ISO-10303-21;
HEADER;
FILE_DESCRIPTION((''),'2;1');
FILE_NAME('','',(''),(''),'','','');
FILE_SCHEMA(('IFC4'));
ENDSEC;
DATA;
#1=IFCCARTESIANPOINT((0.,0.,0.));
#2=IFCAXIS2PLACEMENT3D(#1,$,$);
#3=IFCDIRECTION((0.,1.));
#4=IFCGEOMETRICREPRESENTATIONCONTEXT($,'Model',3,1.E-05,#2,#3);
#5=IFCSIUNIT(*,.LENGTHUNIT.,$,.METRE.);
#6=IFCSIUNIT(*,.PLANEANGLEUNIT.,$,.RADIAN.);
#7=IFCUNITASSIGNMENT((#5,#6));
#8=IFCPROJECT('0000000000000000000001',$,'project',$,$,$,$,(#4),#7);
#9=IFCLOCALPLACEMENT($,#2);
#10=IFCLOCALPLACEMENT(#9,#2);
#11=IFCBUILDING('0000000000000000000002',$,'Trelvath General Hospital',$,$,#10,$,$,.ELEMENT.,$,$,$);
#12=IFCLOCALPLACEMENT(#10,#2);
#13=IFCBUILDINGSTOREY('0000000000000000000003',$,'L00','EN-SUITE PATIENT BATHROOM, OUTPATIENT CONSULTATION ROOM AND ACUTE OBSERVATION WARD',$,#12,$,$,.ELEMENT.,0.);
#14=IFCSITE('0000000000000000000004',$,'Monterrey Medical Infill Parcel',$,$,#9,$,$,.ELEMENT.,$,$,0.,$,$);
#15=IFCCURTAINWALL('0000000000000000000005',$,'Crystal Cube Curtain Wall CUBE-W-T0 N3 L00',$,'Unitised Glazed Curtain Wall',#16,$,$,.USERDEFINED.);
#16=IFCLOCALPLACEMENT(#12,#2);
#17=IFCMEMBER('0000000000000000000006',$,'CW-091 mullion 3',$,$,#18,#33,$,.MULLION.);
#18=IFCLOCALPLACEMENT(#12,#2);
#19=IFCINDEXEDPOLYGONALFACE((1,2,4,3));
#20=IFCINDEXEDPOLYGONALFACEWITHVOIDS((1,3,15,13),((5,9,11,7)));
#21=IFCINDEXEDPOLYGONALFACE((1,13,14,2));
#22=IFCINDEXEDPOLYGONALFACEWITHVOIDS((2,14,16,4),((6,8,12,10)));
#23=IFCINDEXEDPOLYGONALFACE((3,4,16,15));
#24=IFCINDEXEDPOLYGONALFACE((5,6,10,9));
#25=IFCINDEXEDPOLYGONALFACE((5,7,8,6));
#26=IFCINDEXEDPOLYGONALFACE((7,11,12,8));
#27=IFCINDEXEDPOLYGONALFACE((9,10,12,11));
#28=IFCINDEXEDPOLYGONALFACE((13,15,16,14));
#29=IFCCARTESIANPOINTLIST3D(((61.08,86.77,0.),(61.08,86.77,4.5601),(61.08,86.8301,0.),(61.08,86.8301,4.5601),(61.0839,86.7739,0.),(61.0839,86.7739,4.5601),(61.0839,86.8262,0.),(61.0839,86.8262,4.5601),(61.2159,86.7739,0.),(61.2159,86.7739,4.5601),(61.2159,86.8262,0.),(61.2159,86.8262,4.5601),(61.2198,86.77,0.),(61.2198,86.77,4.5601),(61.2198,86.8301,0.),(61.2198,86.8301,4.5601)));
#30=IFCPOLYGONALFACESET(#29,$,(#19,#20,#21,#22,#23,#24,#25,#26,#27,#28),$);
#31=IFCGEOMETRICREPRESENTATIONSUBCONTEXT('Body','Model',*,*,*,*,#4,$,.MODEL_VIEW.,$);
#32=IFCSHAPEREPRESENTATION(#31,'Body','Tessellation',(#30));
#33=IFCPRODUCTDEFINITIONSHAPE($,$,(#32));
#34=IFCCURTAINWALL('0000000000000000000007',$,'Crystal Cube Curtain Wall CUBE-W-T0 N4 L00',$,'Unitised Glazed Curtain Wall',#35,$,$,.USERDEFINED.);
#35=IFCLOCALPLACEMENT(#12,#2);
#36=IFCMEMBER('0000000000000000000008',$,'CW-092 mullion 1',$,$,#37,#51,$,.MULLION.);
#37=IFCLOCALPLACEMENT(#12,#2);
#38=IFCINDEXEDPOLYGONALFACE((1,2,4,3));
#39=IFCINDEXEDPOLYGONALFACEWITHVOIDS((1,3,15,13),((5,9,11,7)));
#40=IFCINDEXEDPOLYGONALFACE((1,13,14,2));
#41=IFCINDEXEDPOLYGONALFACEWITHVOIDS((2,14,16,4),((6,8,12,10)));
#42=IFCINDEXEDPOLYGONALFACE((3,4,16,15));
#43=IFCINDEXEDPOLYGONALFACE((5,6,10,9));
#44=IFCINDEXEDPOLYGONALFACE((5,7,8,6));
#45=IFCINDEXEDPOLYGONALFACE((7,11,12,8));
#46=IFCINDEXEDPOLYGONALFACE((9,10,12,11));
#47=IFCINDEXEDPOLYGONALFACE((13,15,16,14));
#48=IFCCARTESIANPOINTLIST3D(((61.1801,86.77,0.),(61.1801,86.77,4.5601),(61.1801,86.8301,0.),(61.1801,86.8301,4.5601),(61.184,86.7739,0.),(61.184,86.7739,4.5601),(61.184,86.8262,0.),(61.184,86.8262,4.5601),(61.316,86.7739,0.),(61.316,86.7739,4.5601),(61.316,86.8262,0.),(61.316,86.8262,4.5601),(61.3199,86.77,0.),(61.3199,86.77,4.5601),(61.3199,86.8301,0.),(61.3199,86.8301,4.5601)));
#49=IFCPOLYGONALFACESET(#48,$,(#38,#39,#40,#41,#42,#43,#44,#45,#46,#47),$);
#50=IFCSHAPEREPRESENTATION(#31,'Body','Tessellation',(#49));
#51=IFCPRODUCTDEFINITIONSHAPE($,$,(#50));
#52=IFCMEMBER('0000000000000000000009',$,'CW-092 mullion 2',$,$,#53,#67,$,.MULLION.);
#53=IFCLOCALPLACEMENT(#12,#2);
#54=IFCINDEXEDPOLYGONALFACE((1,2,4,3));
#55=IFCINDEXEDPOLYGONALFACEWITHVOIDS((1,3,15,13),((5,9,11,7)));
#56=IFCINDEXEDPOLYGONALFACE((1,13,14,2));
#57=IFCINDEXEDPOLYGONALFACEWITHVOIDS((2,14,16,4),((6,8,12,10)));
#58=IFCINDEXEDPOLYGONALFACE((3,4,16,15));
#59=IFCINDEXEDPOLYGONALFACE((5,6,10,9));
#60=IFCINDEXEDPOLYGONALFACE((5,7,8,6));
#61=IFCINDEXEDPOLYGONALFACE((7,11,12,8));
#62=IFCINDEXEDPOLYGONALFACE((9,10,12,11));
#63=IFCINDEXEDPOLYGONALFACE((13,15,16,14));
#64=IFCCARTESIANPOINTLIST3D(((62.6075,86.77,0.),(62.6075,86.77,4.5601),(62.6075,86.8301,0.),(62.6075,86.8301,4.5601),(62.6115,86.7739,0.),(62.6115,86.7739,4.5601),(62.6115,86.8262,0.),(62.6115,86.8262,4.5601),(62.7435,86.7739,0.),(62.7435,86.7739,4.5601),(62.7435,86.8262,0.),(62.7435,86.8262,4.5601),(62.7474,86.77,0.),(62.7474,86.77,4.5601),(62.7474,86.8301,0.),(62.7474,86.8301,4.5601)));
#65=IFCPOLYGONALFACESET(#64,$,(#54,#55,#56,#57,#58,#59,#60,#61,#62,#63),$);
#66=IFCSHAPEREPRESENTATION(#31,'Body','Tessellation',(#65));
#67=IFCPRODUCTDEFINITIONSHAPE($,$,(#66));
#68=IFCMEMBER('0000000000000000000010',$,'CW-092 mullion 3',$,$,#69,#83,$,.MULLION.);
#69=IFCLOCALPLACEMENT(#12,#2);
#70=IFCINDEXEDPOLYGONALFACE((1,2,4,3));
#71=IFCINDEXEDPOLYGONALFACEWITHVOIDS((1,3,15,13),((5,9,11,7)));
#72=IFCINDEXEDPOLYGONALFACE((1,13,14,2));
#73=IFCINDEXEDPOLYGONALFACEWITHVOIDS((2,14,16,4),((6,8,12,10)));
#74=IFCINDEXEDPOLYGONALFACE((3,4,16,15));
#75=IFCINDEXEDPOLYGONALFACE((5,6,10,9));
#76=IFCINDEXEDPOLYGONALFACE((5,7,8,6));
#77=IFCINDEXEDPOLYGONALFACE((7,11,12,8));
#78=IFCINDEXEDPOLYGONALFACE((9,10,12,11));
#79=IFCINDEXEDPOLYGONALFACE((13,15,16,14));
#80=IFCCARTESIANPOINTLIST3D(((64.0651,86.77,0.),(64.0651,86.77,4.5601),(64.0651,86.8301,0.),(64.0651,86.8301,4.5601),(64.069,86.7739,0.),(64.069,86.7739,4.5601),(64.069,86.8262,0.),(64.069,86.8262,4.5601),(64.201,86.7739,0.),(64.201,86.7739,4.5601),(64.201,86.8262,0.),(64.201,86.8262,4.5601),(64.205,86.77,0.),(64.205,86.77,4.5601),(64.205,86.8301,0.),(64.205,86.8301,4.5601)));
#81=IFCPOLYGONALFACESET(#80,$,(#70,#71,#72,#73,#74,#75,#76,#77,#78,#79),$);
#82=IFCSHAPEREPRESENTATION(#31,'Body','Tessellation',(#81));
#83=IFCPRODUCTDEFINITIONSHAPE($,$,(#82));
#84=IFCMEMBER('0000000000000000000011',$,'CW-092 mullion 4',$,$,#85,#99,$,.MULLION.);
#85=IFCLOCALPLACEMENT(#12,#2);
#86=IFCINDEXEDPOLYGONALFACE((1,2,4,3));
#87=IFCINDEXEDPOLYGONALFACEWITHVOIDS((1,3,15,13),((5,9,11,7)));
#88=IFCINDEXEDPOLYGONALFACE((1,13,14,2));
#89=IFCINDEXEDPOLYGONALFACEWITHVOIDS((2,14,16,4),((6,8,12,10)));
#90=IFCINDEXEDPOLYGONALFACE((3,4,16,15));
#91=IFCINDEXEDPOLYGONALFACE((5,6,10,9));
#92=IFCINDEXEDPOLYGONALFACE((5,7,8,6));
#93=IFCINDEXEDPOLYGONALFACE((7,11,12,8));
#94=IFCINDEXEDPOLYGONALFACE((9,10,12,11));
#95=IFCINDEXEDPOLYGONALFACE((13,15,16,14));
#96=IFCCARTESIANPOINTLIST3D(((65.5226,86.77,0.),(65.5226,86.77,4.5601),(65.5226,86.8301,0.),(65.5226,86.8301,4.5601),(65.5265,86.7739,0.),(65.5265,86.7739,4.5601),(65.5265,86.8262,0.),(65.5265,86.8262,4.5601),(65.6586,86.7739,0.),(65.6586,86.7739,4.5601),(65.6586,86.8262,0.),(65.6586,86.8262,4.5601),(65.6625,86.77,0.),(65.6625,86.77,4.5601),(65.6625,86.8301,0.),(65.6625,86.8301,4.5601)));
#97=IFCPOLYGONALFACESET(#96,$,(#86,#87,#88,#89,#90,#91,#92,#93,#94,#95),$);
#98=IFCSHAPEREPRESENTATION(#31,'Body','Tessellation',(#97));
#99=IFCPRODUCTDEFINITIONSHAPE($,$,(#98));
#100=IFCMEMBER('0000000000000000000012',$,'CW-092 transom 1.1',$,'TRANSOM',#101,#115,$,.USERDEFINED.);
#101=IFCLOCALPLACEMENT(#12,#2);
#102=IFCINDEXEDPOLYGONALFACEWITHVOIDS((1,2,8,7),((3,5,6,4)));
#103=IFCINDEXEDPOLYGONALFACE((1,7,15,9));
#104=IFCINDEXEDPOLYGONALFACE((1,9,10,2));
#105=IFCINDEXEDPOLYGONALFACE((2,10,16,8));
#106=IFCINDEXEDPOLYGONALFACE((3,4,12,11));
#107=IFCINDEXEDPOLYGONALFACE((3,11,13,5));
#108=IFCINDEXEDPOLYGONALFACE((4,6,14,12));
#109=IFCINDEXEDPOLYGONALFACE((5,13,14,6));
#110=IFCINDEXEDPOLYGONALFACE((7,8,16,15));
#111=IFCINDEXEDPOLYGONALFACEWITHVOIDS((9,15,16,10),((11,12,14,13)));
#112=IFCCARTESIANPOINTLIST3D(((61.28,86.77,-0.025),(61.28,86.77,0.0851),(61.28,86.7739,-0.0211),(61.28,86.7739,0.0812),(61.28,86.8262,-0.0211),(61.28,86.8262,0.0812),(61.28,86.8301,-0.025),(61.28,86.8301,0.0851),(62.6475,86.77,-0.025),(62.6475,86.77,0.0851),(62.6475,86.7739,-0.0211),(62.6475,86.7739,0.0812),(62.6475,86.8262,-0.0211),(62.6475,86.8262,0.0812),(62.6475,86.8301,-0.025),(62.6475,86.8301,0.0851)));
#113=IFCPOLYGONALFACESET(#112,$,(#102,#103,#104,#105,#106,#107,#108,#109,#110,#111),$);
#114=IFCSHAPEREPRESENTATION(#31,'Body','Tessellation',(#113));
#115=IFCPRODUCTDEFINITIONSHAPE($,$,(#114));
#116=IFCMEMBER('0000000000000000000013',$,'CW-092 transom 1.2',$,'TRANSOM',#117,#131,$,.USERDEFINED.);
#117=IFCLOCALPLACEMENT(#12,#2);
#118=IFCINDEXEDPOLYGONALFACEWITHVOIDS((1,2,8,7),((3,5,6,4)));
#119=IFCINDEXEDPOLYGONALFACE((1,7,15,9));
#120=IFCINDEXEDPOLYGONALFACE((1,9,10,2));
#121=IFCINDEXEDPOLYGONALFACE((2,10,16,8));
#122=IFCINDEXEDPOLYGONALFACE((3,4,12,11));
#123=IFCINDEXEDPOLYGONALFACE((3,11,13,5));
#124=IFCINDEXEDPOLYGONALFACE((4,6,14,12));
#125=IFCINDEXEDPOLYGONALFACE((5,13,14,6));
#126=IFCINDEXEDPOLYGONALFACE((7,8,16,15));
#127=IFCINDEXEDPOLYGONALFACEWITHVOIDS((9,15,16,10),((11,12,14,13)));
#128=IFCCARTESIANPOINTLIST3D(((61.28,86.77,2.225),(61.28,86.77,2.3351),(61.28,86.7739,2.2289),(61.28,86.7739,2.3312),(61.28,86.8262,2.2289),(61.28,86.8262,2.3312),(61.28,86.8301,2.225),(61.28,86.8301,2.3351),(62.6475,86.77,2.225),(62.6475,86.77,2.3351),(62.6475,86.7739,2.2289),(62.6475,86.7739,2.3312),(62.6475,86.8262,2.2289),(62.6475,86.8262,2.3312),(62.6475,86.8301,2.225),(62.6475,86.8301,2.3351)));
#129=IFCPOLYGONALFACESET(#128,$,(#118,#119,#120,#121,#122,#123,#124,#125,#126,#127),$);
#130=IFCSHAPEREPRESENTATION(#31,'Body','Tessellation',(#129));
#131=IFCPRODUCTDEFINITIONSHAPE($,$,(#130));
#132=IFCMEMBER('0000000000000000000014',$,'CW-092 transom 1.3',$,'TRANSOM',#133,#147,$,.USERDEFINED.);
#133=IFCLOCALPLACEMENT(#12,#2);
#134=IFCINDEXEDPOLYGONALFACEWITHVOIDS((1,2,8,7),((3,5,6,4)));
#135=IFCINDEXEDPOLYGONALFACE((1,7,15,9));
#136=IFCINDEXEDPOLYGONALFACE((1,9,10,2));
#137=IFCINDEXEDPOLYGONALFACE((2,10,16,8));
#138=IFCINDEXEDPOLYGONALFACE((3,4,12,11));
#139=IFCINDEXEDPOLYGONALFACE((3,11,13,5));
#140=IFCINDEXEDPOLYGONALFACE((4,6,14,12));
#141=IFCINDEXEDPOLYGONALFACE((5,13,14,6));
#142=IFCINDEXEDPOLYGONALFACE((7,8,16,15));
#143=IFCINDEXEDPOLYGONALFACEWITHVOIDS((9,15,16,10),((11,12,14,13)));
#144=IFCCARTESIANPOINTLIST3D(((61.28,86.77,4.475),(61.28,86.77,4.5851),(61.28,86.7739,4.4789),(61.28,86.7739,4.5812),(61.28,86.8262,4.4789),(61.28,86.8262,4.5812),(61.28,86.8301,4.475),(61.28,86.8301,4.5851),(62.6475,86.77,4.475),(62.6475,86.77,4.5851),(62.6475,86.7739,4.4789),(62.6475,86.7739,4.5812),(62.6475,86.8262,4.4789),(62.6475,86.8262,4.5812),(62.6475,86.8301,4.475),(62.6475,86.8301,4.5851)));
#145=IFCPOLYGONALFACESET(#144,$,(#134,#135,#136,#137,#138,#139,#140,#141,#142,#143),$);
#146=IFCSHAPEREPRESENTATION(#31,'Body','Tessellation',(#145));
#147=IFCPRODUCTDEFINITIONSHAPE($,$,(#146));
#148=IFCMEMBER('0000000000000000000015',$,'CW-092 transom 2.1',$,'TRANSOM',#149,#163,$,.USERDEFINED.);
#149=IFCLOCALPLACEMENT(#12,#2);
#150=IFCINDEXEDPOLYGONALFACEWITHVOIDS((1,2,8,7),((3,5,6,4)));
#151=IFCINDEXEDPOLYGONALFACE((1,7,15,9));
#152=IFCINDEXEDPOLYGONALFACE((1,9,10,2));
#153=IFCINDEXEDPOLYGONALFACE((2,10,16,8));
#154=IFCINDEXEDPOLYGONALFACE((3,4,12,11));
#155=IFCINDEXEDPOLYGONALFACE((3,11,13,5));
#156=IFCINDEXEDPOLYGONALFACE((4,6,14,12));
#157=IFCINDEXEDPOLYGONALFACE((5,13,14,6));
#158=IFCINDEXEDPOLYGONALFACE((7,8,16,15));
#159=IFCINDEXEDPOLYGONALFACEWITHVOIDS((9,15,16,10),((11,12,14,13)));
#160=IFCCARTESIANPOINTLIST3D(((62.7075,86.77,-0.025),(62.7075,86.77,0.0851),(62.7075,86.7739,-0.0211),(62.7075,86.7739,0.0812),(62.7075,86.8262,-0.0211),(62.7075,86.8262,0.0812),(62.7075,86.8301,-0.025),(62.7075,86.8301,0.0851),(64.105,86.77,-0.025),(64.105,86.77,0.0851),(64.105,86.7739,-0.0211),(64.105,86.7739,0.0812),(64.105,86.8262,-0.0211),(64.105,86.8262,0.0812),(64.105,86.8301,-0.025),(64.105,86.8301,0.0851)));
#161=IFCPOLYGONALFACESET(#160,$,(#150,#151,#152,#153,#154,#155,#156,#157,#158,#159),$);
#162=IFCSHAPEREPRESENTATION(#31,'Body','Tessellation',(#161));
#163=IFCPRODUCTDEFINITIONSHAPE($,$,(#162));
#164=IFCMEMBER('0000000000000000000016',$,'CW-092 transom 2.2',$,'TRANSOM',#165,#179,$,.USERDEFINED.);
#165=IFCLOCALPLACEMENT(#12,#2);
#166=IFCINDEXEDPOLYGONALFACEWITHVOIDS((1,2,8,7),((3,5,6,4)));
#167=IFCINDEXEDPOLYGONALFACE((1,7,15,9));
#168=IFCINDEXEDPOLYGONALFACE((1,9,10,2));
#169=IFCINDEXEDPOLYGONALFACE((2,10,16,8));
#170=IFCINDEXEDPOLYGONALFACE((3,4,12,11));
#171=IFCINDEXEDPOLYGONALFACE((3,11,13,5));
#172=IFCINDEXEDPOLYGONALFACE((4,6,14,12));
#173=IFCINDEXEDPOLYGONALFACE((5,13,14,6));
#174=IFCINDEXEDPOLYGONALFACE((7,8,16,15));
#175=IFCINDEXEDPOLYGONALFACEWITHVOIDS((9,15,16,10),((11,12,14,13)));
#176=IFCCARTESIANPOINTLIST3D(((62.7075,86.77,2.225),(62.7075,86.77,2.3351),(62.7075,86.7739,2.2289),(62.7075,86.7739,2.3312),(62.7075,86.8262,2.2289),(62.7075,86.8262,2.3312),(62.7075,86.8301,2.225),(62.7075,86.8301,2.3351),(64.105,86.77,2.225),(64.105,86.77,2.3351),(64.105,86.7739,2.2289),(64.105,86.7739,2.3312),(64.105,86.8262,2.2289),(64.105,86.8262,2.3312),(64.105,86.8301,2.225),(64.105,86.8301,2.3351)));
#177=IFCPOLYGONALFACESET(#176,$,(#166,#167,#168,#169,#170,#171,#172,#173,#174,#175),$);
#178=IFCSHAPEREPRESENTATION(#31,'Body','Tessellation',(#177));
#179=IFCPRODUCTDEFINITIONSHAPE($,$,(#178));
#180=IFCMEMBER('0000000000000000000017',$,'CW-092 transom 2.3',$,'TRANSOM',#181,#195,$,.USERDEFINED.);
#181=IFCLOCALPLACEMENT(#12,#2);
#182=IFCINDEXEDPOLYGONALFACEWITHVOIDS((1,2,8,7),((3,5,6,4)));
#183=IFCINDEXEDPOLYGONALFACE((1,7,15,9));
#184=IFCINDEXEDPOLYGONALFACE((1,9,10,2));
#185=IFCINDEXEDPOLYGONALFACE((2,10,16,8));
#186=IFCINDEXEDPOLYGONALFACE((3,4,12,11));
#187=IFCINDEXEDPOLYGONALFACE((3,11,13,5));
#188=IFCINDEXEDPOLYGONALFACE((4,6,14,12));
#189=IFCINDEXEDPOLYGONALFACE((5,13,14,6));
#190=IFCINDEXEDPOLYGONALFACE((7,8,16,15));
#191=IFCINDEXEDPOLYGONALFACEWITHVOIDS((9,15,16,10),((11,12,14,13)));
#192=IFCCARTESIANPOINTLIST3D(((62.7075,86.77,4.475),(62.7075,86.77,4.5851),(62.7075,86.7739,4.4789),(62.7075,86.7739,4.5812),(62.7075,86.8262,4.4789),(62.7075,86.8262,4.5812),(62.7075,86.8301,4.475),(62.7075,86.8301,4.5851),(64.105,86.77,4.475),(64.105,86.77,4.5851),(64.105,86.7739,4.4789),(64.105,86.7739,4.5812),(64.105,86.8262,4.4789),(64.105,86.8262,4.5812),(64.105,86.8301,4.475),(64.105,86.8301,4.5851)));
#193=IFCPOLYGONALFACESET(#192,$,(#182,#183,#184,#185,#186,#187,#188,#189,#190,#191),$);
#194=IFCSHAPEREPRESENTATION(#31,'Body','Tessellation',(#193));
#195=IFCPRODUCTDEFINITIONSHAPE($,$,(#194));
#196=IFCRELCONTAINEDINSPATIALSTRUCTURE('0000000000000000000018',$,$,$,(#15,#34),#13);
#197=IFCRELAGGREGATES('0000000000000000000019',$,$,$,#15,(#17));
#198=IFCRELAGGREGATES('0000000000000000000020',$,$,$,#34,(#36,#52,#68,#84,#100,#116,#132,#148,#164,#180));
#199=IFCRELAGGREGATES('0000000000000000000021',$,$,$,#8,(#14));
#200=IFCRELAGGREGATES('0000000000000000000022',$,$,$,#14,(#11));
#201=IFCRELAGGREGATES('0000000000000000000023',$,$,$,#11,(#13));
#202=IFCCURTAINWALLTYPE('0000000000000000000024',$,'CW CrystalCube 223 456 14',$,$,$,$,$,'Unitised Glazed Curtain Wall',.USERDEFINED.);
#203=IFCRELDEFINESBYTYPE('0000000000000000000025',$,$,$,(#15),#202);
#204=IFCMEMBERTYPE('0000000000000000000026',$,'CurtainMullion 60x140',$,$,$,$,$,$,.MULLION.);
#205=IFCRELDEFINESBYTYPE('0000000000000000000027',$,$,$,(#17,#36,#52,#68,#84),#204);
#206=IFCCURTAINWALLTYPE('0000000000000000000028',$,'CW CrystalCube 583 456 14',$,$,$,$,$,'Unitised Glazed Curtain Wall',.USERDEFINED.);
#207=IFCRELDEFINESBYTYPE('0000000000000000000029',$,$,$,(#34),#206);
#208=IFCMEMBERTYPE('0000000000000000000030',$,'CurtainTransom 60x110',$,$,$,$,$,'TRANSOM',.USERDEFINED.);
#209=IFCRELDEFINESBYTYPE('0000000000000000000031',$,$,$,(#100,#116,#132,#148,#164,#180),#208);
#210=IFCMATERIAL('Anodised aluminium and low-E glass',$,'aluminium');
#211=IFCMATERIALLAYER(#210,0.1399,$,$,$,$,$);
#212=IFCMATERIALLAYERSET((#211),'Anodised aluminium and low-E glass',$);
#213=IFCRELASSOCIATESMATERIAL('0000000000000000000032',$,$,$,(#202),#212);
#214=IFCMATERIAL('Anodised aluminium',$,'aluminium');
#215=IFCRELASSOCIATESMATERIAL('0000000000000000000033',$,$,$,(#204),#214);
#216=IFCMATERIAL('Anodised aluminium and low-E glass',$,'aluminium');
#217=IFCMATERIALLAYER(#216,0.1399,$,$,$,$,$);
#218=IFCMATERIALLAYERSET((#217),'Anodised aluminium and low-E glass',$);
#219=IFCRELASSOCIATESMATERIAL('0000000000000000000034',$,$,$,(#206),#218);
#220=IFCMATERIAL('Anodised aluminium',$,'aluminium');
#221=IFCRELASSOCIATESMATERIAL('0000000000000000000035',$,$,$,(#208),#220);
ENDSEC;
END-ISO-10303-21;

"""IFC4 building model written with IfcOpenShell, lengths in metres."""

from ifc_helpers import new_model, si_unit, direction, frame, origin, origin_2d, place, context, subcontext, project, spatial, hollow_rectangle, extrude, material, layer, layer_set, material_profile, profile_set, type_object, element, aggregate, save


model = new_model("IFC4")

# Units and contexts
model_context = context("Model", 3, precision=1e-05, world=origin(), true_north=direction((0.0, 1.0)))
body_context = subcontext(model_context, "Body", "Model", "MODEL_VIEW")
ifc_project = project(units=[si_unit("LENGTHUNIT", "METRE"), si_unit("PLANEANGLEUNIT", "RADIAN")], contexts=[model_context])

# Site, building, storey
site_placement = place(None, origin())
site = spatial("IfcSite", under=ifc_project, at=site_placement, Name="Monterrey Medical Infill Parcel", CompositionType="ELEMENT", RefElevation=0.0)
building_placement = place(site_placement, origin())
building = spatial("IfcBuilding", under=site, at=building_placement, Name="Trelvath General Hospital", CompositionType="ELEMENT")
storey_placement = place(building_placement, origin())
storey = spatial("IfcBuildingStorey", under=building, at=storey_placement, Name="L00", Description="EN-SUITE PATIENT BATHROOM, OUTPATIENT CONSULTATION ROOM AND ACUTE OBSERVATION WARD", CompositionType="ELEMENT", Elevation=0.0)

# Curtain wall, member
ifc_material_1 = material(Name="Anodised aluminium and low-E glass", Category="aluminium")
ifc_layer_1 = layer(ifc_material_1, 0.1399)
ifc_layer_set_1 = layer_set([ifc_layer_1], Name="Anodised aluminium and low-E glass")
curtain_wall_type_1 = type_object("IfcCurtainWallType", Name="CW CrystalCube 223 456 14", ElementType="Unitised Glazed Curtain Wall", PredefinedType="USERDEFINED", material=ifc_layer_set_1)
curtain_wall_1_placement = place(storey_placement, origin())
curtain_wall_1 = element("IfcCurtainWall", 1, at=curtain_wall_1_placement, inside=storey, type_object=curtain_wall_type_1, Name="Crystal Cube Curtain Wall CUBE-W-T0 N3 L00", ObjectType="Unitised Glazed Curtain Wall", PredefinedType="USERDEFINED")
ifc_material_2 = material(Name="Anodised aluminium", Category="aluminium")
ifc_material_profile_1 = material_profile(ifc_material_2, hollow_rectangle(XDim=0.0601, YDim=0.1399, WallThickness=0.0039, at=origin_2d()), Name="RHS60x140x4")
ifc_profile_set_1 = profile_set([ifc_material_profile_1], Name="Anodised aluminium")
member_type_1 = type_object("IfcMemberType", Name="CurtainMullion 60x140", PredefinedType="MULLION", material=ifc_profile_set_1)
member_1_placement = place(storey_placement, frame((61.1499, 86.8, 0.0), z_axis=(0.0, 0.0, 1.0), x_axis=(0.0, 1.0, 0.0)))
member_1 = element("IfcMember", 2, at=member_1_placement, type_object=member_type_1, Name="CW-091 mullion 3", PredefinedType="MULLION", context=body_context, shape_type="SweptSolid", body=[
    extrude(hollow_rectangle(XDim=0.0601, YDim=0.1399, WallThickness=0.0039, at=origin_2d()), origin(), (0.0, 0.0, 1.0), 4.5601),
])
aggregate(curtain_wall_1, [member_1])

# Curtain wall, members
ifc_material_3 = material(Name="Anodised aluminium and low-E glass", Category="aluminium")
ifc_layer_2 = layer(ifc_material_3, 0.1399)
ifc_layer_set_2 = layer_set([ifc_layer_2], Name="Anodised aluminium and low-E glass")
curtain_wall_type_2 = type_object("IfcCurtainWallType", Name="CW CrystalCube 583 456 14", ElementType="Unitised Glazed Curtain Wall", PredefinedType="USERDEFINED", material=ifc_layer_set_2)
curtain_wall_2_placement = place(storey_placement, origin())
curtain_wall_2 = element("IfcCurtainWall", 3, at=curtain_wall_2_placement, inside=storey, type_object=curtain_wall_type_2, Name="Crystal Cube Curtain Wall CUBE-W-T0 N4 L00", ObjectType="Unitised Glazed Curtain Wall", PredefinedType="USERDEFINED")
member_2_placement = place(storey_placement, frame((61.25, 86.8, 0.0), z_axis=(0.0, 0.0, 1.0), x_axis=(0.0, 1.0, 0.0)))
member_2 = element("IfcMember", 4, at=member_2_placement, type_object=member_type_1, Name="CW-092 mullion 1", PredefinedType="MULLION", context=body_context, shape_type="SweptSolid", body=[
    extrude(hollow_rectangle(XDim=0.0601, YDim=0.1399, WallThickness=0.0039, at=origin_2d()), origin(), (0.0, 0.0, 1.0), 4.5601),
])
member_3_placement = place(storey_placement, frame((62.6775, 86.8, 0.0), z_axis=(0.0, 0.0, 1.0), x_axis=(0.0, 1.0, 0.0)))
member_3 = element("IfcMember", 5, at=member_3_placement, type_object=member_type_1, Name="CW-092 mullion 2", PredefinedType="MULLION", context=body_context, shape_type="SweptSolid", body=[
    extrude(hollow_rectangle(XDim=0.0601, YDim=0.1399, WallThickness=0.0039, at=origin_2d()), origin(), (0.0, 0.0, 1.0), 4.5601),
])
member_4_placement = place(storey_placement, frame((64.135, 86.8, 0.0), z_axis=(0.0, 0.0, 1.0), x_axis=(0.0, 1.0, 0.0)))
member_4 = element("IfcMember", 6, at=member_4_placement, type_object=member_type_1, Name="CW-092 mullion 3", PredefinedType="MULLION", context=body_context, shape_type="SweptSolid", body=[
    extrude(hollow_rectangle(XDim=0.0601, YDim=0.1399, WallThickness=0.0039, at=origin_2d()), origin(), (0.0, 0.0, 1.0), 4.5601),
])
member_5_placement = place(storey_placement, frame((65.5925, 86.8, 0.0), z_axis=(0.0, 0.0, 1.0), x_axis=(0.0, 1.0, 0.0)))
member_5 = element("IfcMember", 7, at=member_5_placement, type_object=member_type_1, Name="CW-092 mullion 4", PredefinedType="MULLION", context=body_context, shape_type="SweptSolid", body=[
    extrude(hollow_rectangle(XDim=0.0601, YDim=0.1399, WallThickness=0.0039, at=origin_2d()), origin(), (0.0, 0.0, 1.0), 4.5601),
])
ifc_material_4 = material(Name="Anodised aluminium", Category="aluminium")
ifc_material_profile_2 = material_profile(ifc_material_4, hollow_rectangle(XDim=0.0601, YDim=0.1101, WallThickness=0.0039, at=origin_2d()), Name="RHS60x110x4")
ifc_profile_set_2 = profile_set([ifc_material_profile_2], Name="Anodised aluminium")
member_type_2 = type_object("IfcMemberType", Name="CurtainTransom 60x110", ElementType="TRANSOM", PredefinedType="USERDEFINED", material=ifc_profile_set_2)
member_6_placement = place(storey_placement, frame((61.28, 86.8, 0.03), z_axis=(1.0, 0.0, 0.0), x_axis=(0.0, 1.0, 0.0)))
member_6 = element("IfcMember", 8, at=member_6_placement, type_object=member_type_2, Name="CW-092 transom 1.1", ObjectType="TRANSOM", PredefinedType="USERDEFINED", context=body_context, shape_type="SweptSolid", body=[
    extrude(hollow_rectangle(XDim=0.0601, YDim=0.1101, WallThickness=0.0039, at=origin_2d()), origin(), (0.0, 0.0, 1.0), 1.3674),
])
member_7_placement = place(storey_placement, frame((61.28, 86.8, 2.28), z_axis=(1.0, 0.0, 0.0), x_axis=(0.0, 1.0, 0.0)))
member_7 = element("IfcMember", 9, at=member_7_placement, type_object=member_type_2, Name="CW-092 transom 1.2", ObjectType="TRANSOM", PredefinedType="USERDEFINED", context=body_context, shape_type="SweptSolid", body=[
    extrude(hollow_rectangle(XDim=0.0601, YDim=0.1101, WallThickness=0.0039, at=origin_2d()), origin(), (0.0, 0.0, 1.0), 1.3674),
])
member_8_placement = place(storey_placement, frame((61.28, 86.8, 4.53), z_axis=(1.0, 0.0, 0.0), x_axis=(0.0, 1.0, 0.0)))
member_8 = element("IfcMember", 10, at=member_8_placement, type_object=member_type_2, Name="CW-092 transom 1.3", ObjectType="TRANSOM", PredefinedType="USERDEFINED", context=body_context, shape_type="SweptSolid", body=[
    extrude(hollow_rectangle(XDim=0.0601, YDim=0.1101, WallThickness=0.0039, at=origin_2d()), origin(), (0.0, 0.0, 1.0), 1.3674),
])
member_9_placement = place(storey_placement, frame((62.7075, 86.8, 0.03), z_axis=(1.0, 0.0, 0.0), x_axis=(0.0, 1.0, 0.0)))
member_9 = element("IfcMember", 11, at=member_9_placement, type_object=member_type_2, Name="CW-092 transom 2.1", ObjectType="TRANSOM", PredefinedType="USERDEFINED", context=body_context, shape_type="SweptSolid", body=[
    extrude(hollow_rectangle(XDim=0.0601, YDim=0.1101, WallThickness=0.0039, at=origin_2d()), origin(), (0.0, 0.0, 1.0), 1.3975),
])
member_10_placement = place(storey_placement, frame((62.7075, 86.8, 2.28), z_axis=(1.0, 0.0, 0.0), x_axis=(0.0, 1.0, 0.0)))
member_10 = element("IfcMember", 12, at=member_10_placement, type_object=member_type_2, Name="CW-092 transom 2.2", ObjectType="TRANSOM", PredefinedType="USERDEFINED", context=body_context, shape_type="SweptSolid", body=[
    extrude(hollow_rectangle(XDim=0.0601, YDim=0.1101, WallThickness=0.0039, at=origin_2d()), origin(), (0.0, 0.0, 1.0), 1.3975),
])
member_11_placement = place(storey_placement, frame((62.7075, 86.8, 4.53), z_axis=(1.0, 0.0, 0.0), x_axis=(0.0, 1.0, 0.0)))
member_11 = element("IfcMember", 13, at=member_11_placement, type_object=member_type_2, Name="CW-092 transom 2.3", ObjectType="TRANSOM", PredefinedType="USERDEFINED", context=body_context, shape_type="SweptSolid", body=[
    extrude(hollow_rectangle(XDim=0.0601, YDim=0.1101, WallThickness=0.0039, at=origin_2d()), origin(), (0.0, 0.0, 1.0), 1.3975),
])
aggregate(curtain_wall_2, [member_2, member_3, member_4, member_5, member_6, member_7, member_8, member_9, member_10, member_11])

save(model, "model.ifc")
